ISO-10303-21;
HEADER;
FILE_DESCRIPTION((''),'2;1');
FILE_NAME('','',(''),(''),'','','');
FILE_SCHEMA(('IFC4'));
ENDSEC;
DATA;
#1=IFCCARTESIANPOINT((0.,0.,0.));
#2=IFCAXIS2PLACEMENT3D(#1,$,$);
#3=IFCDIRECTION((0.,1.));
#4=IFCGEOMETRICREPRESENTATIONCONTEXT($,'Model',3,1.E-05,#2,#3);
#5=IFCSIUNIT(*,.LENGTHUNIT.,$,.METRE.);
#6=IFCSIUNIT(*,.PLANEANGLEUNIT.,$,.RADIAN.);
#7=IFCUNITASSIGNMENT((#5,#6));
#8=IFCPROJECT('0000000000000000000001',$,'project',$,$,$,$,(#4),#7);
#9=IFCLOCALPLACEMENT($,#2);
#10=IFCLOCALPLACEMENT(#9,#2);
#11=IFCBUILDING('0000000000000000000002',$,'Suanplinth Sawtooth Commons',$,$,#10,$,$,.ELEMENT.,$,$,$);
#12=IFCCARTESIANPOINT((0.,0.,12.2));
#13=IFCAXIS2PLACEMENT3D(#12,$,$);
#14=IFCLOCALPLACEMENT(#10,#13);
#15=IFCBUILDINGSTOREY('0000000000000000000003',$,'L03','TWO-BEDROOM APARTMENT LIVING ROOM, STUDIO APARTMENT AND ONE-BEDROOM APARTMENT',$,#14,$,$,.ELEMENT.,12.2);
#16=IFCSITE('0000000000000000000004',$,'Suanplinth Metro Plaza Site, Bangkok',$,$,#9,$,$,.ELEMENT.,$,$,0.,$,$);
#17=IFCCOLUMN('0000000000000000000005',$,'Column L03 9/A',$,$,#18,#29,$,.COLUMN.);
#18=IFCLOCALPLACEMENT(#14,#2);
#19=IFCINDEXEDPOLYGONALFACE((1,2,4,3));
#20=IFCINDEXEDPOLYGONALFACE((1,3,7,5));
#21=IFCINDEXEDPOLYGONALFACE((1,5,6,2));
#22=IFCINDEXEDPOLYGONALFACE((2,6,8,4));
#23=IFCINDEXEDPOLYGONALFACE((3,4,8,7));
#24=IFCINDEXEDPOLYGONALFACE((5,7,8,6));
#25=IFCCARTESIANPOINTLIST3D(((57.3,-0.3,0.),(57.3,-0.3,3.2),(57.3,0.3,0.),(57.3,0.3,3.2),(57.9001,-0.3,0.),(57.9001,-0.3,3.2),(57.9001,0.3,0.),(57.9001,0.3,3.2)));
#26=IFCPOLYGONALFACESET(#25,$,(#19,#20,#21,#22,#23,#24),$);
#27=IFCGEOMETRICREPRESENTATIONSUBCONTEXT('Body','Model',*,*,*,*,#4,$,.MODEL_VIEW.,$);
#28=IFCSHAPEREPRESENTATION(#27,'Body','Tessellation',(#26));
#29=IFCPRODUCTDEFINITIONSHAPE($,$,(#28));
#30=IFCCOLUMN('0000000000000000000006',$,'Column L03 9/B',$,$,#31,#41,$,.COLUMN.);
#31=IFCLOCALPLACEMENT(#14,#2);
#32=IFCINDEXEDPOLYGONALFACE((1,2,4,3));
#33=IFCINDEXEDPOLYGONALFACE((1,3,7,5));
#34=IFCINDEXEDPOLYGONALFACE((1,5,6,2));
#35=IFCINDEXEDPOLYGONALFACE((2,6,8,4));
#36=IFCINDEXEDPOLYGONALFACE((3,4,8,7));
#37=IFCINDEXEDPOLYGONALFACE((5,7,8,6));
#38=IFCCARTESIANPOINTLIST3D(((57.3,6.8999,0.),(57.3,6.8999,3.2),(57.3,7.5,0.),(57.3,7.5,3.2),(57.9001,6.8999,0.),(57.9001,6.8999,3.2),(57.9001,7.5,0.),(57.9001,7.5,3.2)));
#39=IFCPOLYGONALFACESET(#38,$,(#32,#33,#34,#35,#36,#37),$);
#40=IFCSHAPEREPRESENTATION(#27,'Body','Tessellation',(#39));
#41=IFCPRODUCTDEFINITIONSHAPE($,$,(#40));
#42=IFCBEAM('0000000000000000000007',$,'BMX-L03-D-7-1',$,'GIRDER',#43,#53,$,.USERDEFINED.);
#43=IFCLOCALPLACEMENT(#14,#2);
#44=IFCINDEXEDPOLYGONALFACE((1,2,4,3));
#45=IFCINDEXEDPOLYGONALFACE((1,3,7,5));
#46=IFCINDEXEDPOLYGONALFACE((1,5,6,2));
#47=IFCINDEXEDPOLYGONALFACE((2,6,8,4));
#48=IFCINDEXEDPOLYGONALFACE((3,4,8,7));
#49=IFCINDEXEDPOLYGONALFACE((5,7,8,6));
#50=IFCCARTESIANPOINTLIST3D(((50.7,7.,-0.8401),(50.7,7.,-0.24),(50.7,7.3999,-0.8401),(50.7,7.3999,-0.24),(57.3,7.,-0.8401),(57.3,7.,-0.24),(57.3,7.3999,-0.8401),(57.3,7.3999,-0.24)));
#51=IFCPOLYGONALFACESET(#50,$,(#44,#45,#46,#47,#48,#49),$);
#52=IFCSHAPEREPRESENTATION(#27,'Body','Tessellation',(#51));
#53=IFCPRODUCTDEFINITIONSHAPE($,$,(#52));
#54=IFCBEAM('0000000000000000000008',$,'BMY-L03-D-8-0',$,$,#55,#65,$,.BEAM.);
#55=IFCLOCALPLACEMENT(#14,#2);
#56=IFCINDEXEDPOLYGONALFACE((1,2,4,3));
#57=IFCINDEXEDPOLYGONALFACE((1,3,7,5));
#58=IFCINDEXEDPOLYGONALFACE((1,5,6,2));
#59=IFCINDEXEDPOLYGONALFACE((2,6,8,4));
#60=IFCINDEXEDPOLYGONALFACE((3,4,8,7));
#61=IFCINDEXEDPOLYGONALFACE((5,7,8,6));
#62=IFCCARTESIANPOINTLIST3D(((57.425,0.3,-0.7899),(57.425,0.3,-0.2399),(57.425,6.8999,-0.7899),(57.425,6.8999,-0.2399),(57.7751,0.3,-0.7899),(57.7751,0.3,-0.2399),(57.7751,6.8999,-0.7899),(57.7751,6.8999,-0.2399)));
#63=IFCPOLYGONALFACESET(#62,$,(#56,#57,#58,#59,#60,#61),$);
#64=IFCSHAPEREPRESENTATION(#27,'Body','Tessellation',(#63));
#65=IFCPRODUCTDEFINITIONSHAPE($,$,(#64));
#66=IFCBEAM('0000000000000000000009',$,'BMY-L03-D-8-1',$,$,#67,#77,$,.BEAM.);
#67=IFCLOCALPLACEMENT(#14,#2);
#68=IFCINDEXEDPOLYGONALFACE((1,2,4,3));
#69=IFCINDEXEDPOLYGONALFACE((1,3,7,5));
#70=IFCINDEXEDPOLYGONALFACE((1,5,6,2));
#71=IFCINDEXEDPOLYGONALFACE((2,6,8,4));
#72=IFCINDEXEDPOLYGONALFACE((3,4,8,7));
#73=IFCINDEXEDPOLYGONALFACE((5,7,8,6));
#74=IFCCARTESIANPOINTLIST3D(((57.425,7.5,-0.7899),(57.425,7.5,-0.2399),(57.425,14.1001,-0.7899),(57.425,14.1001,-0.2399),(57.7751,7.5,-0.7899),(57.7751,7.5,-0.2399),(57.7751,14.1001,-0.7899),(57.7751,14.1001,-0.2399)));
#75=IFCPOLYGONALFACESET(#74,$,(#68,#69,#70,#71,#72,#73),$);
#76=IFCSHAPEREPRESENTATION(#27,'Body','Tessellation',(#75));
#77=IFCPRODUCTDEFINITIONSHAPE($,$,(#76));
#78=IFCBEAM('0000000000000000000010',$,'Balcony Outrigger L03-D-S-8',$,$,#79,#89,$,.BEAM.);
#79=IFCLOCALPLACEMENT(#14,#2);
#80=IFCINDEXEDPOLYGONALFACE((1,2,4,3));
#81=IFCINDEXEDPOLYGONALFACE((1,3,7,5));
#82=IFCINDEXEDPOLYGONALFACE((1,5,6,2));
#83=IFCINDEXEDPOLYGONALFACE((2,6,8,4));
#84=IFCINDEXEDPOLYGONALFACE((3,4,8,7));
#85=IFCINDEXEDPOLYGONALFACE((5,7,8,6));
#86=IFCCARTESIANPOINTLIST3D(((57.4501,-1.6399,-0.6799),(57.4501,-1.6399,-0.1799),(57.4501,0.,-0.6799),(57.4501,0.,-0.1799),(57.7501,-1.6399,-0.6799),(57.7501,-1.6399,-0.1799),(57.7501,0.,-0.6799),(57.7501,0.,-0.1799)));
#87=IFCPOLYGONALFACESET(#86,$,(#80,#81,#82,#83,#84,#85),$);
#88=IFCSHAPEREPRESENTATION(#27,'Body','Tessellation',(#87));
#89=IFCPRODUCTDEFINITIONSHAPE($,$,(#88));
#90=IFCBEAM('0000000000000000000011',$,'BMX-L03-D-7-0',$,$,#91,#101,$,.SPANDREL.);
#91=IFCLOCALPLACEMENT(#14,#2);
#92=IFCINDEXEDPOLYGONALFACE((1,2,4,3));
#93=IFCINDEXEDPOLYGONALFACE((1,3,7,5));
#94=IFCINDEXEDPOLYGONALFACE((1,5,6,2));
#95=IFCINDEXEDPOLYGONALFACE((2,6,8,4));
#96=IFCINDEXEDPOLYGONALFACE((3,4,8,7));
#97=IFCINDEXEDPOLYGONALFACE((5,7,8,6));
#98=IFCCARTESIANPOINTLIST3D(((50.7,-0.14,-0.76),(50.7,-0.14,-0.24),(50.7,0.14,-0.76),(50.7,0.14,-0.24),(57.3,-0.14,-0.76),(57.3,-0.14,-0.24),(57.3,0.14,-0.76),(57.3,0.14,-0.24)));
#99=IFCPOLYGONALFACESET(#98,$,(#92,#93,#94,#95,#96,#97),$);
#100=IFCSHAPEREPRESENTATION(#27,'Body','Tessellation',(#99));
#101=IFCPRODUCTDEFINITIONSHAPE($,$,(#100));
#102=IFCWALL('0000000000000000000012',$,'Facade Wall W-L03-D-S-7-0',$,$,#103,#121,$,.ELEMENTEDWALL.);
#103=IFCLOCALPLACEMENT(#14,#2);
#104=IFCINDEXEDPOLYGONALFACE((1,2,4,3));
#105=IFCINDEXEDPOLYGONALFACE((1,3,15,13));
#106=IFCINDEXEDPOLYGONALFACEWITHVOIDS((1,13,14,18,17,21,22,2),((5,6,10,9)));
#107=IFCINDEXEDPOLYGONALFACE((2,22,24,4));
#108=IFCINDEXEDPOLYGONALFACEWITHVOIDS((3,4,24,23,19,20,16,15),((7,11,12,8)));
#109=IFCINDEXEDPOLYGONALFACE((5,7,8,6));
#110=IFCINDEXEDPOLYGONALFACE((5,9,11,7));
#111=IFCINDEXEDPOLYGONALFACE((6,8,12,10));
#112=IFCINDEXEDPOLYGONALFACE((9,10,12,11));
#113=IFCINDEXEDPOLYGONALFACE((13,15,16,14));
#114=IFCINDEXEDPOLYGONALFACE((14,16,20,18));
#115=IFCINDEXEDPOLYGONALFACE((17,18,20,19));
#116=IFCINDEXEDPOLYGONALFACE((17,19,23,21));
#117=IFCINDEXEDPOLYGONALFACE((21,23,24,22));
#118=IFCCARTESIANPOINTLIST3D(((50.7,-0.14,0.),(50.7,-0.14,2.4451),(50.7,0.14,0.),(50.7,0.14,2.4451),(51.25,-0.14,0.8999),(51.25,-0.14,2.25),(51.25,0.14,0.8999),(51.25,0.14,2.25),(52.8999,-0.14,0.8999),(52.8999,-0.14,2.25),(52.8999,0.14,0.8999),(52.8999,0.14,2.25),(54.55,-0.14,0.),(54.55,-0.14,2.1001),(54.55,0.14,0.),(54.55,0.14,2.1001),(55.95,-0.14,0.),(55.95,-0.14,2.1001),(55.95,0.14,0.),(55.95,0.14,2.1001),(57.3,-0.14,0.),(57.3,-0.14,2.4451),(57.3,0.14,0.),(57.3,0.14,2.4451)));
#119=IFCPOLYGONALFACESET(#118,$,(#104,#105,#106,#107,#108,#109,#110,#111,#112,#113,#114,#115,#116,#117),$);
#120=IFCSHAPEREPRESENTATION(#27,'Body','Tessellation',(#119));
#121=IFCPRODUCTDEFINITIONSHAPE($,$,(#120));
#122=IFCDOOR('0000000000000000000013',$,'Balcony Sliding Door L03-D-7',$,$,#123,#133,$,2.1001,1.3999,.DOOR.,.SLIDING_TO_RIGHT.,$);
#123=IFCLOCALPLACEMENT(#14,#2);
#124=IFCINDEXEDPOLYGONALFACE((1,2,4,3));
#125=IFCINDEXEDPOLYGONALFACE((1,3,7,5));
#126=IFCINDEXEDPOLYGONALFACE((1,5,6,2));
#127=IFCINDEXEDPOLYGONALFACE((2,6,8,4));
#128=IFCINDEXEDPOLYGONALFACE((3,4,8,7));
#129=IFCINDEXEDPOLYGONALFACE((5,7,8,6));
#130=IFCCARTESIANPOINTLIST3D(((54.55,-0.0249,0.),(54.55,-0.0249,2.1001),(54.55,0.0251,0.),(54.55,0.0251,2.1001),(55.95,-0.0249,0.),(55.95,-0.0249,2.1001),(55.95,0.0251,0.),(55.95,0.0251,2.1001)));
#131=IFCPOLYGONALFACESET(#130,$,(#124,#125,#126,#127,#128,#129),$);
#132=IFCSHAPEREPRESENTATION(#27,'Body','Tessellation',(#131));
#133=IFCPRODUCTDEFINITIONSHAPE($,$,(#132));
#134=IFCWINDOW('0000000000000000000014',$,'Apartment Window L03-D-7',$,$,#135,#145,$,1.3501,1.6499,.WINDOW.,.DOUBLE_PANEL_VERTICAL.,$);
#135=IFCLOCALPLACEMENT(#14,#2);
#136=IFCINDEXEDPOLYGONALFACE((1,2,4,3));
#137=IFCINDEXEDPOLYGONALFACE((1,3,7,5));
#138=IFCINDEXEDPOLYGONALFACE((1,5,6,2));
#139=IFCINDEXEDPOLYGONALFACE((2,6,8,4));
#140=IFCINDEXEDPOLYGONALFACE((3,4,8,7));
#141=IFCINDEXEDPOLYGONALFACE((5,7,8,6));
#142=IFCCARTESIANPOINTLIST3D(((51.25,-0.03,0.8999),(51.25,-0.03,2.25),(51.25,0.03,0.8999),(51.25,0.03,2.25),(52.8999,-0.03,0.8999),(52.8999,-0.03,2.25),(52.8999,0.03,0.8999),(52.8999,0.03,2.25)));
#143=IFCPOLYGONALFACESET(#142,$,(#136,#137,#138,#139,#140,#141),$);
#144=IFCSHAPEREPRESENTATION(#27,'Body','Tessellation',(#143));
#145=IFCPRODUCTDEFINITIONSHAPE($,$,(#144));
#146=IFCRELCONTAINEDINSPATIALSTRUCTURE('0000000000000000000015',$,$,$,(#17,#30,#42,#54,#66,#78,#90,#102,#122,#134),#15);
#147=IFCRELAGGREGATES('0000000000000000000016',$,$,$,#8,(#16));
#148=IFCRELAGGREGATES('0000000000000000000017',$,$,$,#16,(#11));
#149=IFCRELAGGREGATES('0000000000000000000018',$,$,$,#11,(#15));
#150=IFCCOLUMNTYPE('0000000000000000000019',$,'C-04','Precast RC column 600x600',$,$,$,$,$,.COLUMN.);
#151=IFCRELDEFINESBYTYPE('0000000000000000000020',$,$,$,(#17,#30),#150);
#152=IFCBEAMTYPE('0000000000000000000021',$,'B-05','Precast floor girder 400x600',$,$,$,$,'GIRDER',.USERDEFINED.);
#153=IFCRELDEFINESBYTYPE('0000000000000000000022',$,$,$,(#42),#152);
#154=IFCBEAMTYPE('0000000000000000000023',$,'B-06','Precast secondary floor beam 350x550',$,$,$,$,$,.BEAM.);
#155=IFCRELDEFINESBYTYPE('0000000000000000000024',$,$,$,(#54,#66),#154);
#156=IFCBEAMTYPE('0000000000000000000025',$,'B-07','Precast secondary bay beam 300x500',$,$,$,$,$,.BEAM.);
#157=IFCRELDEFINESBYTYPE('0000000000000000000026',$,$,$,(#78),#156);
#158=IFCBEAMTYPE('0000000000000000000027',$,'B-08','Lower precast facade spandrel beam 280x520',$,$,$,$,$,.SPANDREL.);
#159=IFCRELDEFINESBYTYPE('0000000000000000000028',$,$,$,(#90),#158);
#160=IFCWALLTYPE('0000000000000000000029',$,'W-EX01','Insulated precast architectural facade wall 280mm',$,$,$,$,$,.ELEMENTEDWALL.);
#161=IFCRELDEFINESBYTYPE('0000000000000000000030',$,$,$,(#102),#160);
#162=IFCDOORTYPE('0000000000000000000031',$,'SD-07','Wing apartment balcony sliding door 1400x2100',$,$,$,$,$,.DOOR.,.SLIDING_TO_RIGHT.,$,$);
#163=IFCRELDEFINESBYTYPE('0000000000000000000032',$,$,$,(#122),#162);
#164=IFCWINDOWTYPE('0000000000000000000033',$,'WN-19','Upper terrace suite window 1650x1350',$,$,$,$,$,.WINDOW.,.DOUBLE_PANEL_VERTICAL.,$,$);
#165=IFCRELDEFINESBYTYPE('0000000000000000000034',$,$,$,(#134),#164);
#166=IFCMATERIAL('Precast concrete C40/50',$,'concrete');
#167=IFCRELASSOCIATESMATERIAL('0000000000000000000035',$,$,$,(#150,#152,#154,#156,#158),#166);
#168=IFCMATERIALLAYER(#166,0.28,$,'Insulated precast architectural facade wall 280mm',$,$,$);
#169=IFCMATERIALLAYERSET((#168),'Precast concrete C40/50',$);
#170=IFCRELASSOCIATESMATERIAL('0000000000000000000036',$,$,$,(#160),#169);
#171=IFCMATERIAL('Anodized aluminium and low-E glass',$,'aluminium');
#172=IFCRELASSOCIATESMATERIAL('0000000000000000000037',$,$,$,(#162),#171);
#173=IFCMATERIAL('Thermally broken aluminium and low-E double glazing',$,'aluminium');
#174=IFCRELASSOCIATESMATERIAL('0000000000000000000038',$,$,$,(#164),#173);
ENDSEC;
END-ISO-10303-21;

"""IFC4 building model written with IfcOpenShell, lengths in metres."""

from ifc_helpers import new_model, si_unit, direction, frame, frame_2d, origin, origin_2d, place, context, subcontext, project, spatial, rectangle, extrude, material, layer, layer_set, material_profile, profile_set, type_object, element, fill, save


model = new_model("IFC4")

# Units and contexts
model_context = context("Model", 3, precision=1e-05, world=origin(), true_north=direction((0.0, 1.0)))
body_context = subcontext(model_context, "Body", "Model", "MODEL_VIEW")
ifc_project = project(units=[si_unit("LENGTHUNIT", "METRE"), si_unit("PLANEANGLEUNIT", "RADIAN")], contexts=[model_context])

# Site, building, storey
site_placement = place(None, origin())
site = spatial("IfcSite", under=ifc_project, at=site_placement, Name="Suanplinth Metro Plaza Site, Bangkok", CompositionType="ELEMENT", RefElevation=0.0)
building_placement = place(site_placement, origin())
building = spatial("IfcBuilding", under=site, at=building_placement, Name="Suanplinth Sawtooth Commons", CompositionType="ELEMENT")
storey_placement = place(building_placement, frame((0.0, 0.0, 12.2)))
storey = spatial("IfcBuildingStorey", under=building, at=storey_placement, Name="L03", Description="TWO-BEDROOM APARTMENT LIVING ROOM, STUDIO APARTMENT AND ONE-BEDROOM APARTMENT", CompositionType="ELEMENT", Elevation=12.2)

# Columns
ifc_material_1 = material(Name="Precast concrete C40/50", Category="concrete")
ifc_material_profile_1 = material_profile(ifc_material_1, rectangle(XDim=0.6001, YDim=0.6001, at=origin_2d()), Name="PC-COL 600x600")
ifc_profile_set_1 = profile_set([ifc_material_profile_1], Name="Precast concrete C40/50")
column_type = type_object("IfcColumnType", Name="C-04", Description="Precast RC column 600x600", PredefinedType="COLUMN", material=ifc_profile_set_1)
for number, where, z_axis, x_axis, name in (
    (1, (57.6001, 0.0, 0.0), (0.0, 0.0, 1.0), (1.0, 0.0, 0.0), "Column L03 9/A"),
    (2, (57.6001, 7.2, 0.0), (0.0, 0.0, 1.0), (1.0, 0.0, 0.0), "Column L03 9/B"),
):
    element("IfcColumn", number, at=place(storey_placement, frame(where, z_axis=z_axis, x_axis=x_axis)), inside=storey, type_object=column_type, Name=name, PredefinedType="COLUMN", context=body_context, shape_type="SweptSolid", body=[
        extrude(rectangle(XDim=0.6001, YDim=0.6001, at=origin_2d()), origin(), (0.0, 0.0, 1.0), 3.2),
    ])

# Beams
ifc_material_profile_2 = material_profile(ifc_material_1, rectangle(XDim=0.3999, YDim=0.6001, at=origin_2d()), Name="PC-GDR 400x600")
ifc_profile_set_2 = profile_set([ifc_material_profile_2], Name="Precast concrete C40/50")
beam_type_1 = type_object("IfcBeamType", Name="B-05", Description="Precast floor girder 400x600", ElementType="GIRDER", PredefinedType="USERDEFINED", material=ifc_profile_set_2)
beam_1_placement = place(storey_placement, frame((50.7, 7.2, -0.54), z_axis=(1.0, 0.0, 0.0), x_axis=(0.0, 1.0, 0.0)))
element("IfcBeam", 3, at=beam_1_placement, inside=storey, type_object=beam_type_1, Name="BMX-L03-D-7-1", ObjectType="GIRDER", PredefinedType="USERDEFINED", context=body_context, shape_type="SweptSolid", body=[
    extrude(rectangle(XDim=0.3999, YDim=0.6001, at=origin_2d()), origin(), (0.0, 0.0, 1.0), 6.6001),
])
ifc_material_profile_3 = material_profile(ifc_material_1, rectangle(XDim=0.3501, YDim=0.55, at=origin_2d()), Name="PC-BM 350x550")
ifc_profile_set_3 = profile_set([ifc_material_profile_3], Name="Precast concrete C40/50")
beam_type_2 = type_object("IfcBeamType", Name="B-06", Description="Precast secondary floor beam 350x550", PredefinedType="BEAM", material=ifc_profile_set_3)
beam_2_placement = place(storey_placement, frame((57.6001, 0.3, -0.5149), z_axis=(0.0, 1.0, 0.0), x_axis=(-1.0, 0.0, 0.0)))
element("IfcBeam", 4, at=beam_2_placement, inside=storey, type_object=beam_type_2, Name="BMY-L03-D-8-0", PredefinedType="BEAM", context=body_context, shape_type="SweptSolid", body=[
    extrude(rectangle(XDim=0.3501, YDim=0.55, at=origin_2d()), origin(), (0.0, 0.0, 1.0), 6.5999),
])
beam_3_placement = place(storey_placement, frame((57.6001, 7.5, -0.5149), z_axis=(0.0, 1.0, 0.0), x_axis=(-1.0, 0.0, 0.0)))
element("IfcBeam", 5, at=beam_3_placement, inside=storey, type_object=beam_type_2, Name="BMY-L03-D-8-1", PredefinedType="BEAM", context=body_context, shape_type="SweptSolid", body=[
    extrude(rectangle(XDim=0.3501, YDim=0.55, at=origin_2d()), origin(), (0.0, 0.0, 1.0), 6.6001),
])
ifc_material_profile_4 = material_profile(ifc_material_1, rectangle(XDim=0.3, YDim=0.5, at=origin_2d()), Name="PC-BM 300x500")
ifc_profile_set_4 = profile_set([ifc_material_profile_4], Name="Precast concrete C40/50")
beam_type_3 = type_object("IfcBeamType", Name="B-07", Description="Precast secondary bay beam 300x500", PredefinedType="BEAM", material=ifc_profile_set_4)
beam_4_placement = place(storey_placement, frame((57.6001, 0.0, -0.4299), z_axis=(0.0, -1.0, 0.0), x_axis=(1.0, 0.0, 0.0)))
element("IfcBeam", 6, at=beam_4_placement, inside=storey, type_object=beam_type_3, Name="Balcony Outrigger L03-D-S-8", PredefinedType="BEAM", context=body_context, shape_type="SweptSolid", body=[
    extrude(rectangle(XDim=0.3, YDim=0.5, at=origin_2d()), origin(), (0.0, 0.0, 1.0), 1.6399),
])
ifc_material_profile_5 = material_profile(ifc_material_1, rectangle(XDim=0.28, YDim=0.52, at=origin_2d()), Name="PC-SP 280x520")
ifc_profile_set_5 = profile_set([ifc_material_profile_5], Name="Precast concrete C40/50")
beam_type_4 = type_object("IfcBeamType", Name="B-08", Description="Lower precast facade spandrel beam 280x520", PredefinedType="SPANDREL", material=ifc_profile_set_5)
beam_5_placement = place(storey_placement, frame((50.7, 0.0, -0.5), z_axis=(1.0, 0.0, 0.0), x_axis=(0.0, 1.0, 0.0)))
element("IfcBeam", 7, at=beam_5_placement, inside=storey, type_object=beam_type_4, Name="BMX-L03-D-7-0", PredefinedType="SPANDREL", context=body_context, shape_type="SweptSolid", body=[
    extrude(rectangle(XDim=0.28, YDim=0.52, at=origin_2d()), origin(), (0.0, 0.0, 1.0), 6.6001),
])

# Wall, openings, door, window
ifc_layer_1 = layer(ifc_material_1, 0.28, Name="Insulated precast architectural facade wall 280mm")
ifc_layer_set_1 = layer_set([ifc_layer_1], Name="Precast concrete C40/50")
wall_type_1 = type_object("IfcWallType", Name="W-EX01", Description="Insulated precast architectural facade wall 280mm", PredefinedType="ELEMENTEDWALL", material=ifc_layer_set_1)
wall_1_placement = place(storey_placement, frame((50.7, 0.0, 0.0), z_axis=(0.0, 0.0, 1.0), x_axis=(1.0, 0.0, 0.0)))
wall_1 = element("IfcWall", 8, at=wall_1_placement, inside=storey, type_object=wall_type_1, Name="Facade Wall W-L03-D-S-7-0", PredefinedType="ELEMENTEDWALL", context=body_context, shape_type="SweptSolid", body=[
    extrude(rectangle(XDim=6.6001, YDim=0.28, at=frame_2d((3.3, 0.0))), origin(), (0.0, 0.0, 1.0), 2.4451),
])
opening_1_placement = place(wall_1_placement, frame((3.8501, 0.0, 0.0)))
opening_1 = element("IfcOpeningElement", 9, at=opening_1_placement, cuts=wall_1, PredefinedType="OPENING", context=body_context, shape_type="SweptSolid", body=[
    extrude(rectangle(XDim=1.3999, YDim=2.1001, at=frame_2d((0.7, 1.05))), frame((0.0, 0.1548, 0.0), z_axis=(0.0, -1.0, 0.0), x_axis=(1.0, 0.0, 0.0)), (0.0, 0.0, 1.0), 0.3098),
])
opening_2_placement = place(wall_1_placement, frame((0.55, 0.0, 0.8999)))
opening_2 = element("IfcOpeningElement", 10, at=opening_2_placement, cuts=wall_1, PredefinedType="OPENING", context=body_context, shape_type="SweptSolid", body=[
    extrude(rectangle(XDim=1.6499, YDim=1.3501, at=frame_2d((0.825, 0.675))), frame((0.0, 0.1548, 0.0), z_axis=(0.0, -1.0, 0.0), x_axis=(1.0, 0.0, 0.0)), (0.0, 0.0, 1.0), 0.3098),
])
ifc_material_2 = material(Name="Anodized aluminium and low-E glass", Category="aluminium")
door_type_1 = type_object("IfcDoorType", Name="SD-07", Description="Wing apartment balcony sliding door 1400x2100", OperationType="SLIDING_TO_RIGHT", PredefinedType="DOOR", material=ifc_material_2)
door_1_placement = place(opening_1_placement, frame((1.3999, 0.0, 0.0), z_axis=(0.0, 0.0, 1.0), x_axis=(-1.0, 0.0, 0.0)))
door_1 = element("IfcDoor", 11, at=door_1_placement, inside=storey, type_object=door_type_1, Name="Balcony Sliding Door L03-D-7", OperationType="SLIDING_TO_RIGHT", OverallHeight=2.1001, OverallWidth=1.3999, PredefinedType="DOOR", context=body_context, shape_type="SweptSolid", body=[
    extrude(rectangle(XDim=1.3999, YDim=2.1001, at=frame_2d((0.7, 1.05))), frame((0.0, 0.0249, 0.0), z_axis=(0.0, -1.0, 0.0), x_axis=(1.0, 0.0, 0.0)), (0.0, 0.0, 1.0), 0.05),
])
fill(opening_1, door_1)
ifc_material_3 = material(Name="Thermally broken aluminium and low-E double glazing", Category="aluminium")
window_type_1 = type_object("IfcWindowType", Name="WN-19", Description="Upper terrace suite window 1650x1350", PartitioningType="DOUBLE_PANEL_VERTICAL", PredefinedType="WINDOW", material=ifc_material_3)
window_1_placement = place(opening_2_placement, origin())
window_1 = element("IfcWindow", 12, at=window_1_placement, inside=storey, type_object=window_type_1, Name="Apartment Window L03-D-7", OverallHeight=1.3501, OverallWidth=1.6499, PartitioningType="DOUBLE_PANEL_VERTICAL", PredefinedType="WINDOW", context=body_context, shape_type="SweptSolid", body=[
    extrude(rectangle(XDim=1.6499, YDim=1.3501, at=frame_2d((0.825, 0.675))), frame((0.0, 0.03, 0.0), z_axis=(0.0, -1.0, 0.0), x_axis=(1.0, 0.0, 0.0)), (0.0, 0.0, 1.0), 0.0601),
])
fill(opening_2, window_1)

save(model, "model.ifc")
